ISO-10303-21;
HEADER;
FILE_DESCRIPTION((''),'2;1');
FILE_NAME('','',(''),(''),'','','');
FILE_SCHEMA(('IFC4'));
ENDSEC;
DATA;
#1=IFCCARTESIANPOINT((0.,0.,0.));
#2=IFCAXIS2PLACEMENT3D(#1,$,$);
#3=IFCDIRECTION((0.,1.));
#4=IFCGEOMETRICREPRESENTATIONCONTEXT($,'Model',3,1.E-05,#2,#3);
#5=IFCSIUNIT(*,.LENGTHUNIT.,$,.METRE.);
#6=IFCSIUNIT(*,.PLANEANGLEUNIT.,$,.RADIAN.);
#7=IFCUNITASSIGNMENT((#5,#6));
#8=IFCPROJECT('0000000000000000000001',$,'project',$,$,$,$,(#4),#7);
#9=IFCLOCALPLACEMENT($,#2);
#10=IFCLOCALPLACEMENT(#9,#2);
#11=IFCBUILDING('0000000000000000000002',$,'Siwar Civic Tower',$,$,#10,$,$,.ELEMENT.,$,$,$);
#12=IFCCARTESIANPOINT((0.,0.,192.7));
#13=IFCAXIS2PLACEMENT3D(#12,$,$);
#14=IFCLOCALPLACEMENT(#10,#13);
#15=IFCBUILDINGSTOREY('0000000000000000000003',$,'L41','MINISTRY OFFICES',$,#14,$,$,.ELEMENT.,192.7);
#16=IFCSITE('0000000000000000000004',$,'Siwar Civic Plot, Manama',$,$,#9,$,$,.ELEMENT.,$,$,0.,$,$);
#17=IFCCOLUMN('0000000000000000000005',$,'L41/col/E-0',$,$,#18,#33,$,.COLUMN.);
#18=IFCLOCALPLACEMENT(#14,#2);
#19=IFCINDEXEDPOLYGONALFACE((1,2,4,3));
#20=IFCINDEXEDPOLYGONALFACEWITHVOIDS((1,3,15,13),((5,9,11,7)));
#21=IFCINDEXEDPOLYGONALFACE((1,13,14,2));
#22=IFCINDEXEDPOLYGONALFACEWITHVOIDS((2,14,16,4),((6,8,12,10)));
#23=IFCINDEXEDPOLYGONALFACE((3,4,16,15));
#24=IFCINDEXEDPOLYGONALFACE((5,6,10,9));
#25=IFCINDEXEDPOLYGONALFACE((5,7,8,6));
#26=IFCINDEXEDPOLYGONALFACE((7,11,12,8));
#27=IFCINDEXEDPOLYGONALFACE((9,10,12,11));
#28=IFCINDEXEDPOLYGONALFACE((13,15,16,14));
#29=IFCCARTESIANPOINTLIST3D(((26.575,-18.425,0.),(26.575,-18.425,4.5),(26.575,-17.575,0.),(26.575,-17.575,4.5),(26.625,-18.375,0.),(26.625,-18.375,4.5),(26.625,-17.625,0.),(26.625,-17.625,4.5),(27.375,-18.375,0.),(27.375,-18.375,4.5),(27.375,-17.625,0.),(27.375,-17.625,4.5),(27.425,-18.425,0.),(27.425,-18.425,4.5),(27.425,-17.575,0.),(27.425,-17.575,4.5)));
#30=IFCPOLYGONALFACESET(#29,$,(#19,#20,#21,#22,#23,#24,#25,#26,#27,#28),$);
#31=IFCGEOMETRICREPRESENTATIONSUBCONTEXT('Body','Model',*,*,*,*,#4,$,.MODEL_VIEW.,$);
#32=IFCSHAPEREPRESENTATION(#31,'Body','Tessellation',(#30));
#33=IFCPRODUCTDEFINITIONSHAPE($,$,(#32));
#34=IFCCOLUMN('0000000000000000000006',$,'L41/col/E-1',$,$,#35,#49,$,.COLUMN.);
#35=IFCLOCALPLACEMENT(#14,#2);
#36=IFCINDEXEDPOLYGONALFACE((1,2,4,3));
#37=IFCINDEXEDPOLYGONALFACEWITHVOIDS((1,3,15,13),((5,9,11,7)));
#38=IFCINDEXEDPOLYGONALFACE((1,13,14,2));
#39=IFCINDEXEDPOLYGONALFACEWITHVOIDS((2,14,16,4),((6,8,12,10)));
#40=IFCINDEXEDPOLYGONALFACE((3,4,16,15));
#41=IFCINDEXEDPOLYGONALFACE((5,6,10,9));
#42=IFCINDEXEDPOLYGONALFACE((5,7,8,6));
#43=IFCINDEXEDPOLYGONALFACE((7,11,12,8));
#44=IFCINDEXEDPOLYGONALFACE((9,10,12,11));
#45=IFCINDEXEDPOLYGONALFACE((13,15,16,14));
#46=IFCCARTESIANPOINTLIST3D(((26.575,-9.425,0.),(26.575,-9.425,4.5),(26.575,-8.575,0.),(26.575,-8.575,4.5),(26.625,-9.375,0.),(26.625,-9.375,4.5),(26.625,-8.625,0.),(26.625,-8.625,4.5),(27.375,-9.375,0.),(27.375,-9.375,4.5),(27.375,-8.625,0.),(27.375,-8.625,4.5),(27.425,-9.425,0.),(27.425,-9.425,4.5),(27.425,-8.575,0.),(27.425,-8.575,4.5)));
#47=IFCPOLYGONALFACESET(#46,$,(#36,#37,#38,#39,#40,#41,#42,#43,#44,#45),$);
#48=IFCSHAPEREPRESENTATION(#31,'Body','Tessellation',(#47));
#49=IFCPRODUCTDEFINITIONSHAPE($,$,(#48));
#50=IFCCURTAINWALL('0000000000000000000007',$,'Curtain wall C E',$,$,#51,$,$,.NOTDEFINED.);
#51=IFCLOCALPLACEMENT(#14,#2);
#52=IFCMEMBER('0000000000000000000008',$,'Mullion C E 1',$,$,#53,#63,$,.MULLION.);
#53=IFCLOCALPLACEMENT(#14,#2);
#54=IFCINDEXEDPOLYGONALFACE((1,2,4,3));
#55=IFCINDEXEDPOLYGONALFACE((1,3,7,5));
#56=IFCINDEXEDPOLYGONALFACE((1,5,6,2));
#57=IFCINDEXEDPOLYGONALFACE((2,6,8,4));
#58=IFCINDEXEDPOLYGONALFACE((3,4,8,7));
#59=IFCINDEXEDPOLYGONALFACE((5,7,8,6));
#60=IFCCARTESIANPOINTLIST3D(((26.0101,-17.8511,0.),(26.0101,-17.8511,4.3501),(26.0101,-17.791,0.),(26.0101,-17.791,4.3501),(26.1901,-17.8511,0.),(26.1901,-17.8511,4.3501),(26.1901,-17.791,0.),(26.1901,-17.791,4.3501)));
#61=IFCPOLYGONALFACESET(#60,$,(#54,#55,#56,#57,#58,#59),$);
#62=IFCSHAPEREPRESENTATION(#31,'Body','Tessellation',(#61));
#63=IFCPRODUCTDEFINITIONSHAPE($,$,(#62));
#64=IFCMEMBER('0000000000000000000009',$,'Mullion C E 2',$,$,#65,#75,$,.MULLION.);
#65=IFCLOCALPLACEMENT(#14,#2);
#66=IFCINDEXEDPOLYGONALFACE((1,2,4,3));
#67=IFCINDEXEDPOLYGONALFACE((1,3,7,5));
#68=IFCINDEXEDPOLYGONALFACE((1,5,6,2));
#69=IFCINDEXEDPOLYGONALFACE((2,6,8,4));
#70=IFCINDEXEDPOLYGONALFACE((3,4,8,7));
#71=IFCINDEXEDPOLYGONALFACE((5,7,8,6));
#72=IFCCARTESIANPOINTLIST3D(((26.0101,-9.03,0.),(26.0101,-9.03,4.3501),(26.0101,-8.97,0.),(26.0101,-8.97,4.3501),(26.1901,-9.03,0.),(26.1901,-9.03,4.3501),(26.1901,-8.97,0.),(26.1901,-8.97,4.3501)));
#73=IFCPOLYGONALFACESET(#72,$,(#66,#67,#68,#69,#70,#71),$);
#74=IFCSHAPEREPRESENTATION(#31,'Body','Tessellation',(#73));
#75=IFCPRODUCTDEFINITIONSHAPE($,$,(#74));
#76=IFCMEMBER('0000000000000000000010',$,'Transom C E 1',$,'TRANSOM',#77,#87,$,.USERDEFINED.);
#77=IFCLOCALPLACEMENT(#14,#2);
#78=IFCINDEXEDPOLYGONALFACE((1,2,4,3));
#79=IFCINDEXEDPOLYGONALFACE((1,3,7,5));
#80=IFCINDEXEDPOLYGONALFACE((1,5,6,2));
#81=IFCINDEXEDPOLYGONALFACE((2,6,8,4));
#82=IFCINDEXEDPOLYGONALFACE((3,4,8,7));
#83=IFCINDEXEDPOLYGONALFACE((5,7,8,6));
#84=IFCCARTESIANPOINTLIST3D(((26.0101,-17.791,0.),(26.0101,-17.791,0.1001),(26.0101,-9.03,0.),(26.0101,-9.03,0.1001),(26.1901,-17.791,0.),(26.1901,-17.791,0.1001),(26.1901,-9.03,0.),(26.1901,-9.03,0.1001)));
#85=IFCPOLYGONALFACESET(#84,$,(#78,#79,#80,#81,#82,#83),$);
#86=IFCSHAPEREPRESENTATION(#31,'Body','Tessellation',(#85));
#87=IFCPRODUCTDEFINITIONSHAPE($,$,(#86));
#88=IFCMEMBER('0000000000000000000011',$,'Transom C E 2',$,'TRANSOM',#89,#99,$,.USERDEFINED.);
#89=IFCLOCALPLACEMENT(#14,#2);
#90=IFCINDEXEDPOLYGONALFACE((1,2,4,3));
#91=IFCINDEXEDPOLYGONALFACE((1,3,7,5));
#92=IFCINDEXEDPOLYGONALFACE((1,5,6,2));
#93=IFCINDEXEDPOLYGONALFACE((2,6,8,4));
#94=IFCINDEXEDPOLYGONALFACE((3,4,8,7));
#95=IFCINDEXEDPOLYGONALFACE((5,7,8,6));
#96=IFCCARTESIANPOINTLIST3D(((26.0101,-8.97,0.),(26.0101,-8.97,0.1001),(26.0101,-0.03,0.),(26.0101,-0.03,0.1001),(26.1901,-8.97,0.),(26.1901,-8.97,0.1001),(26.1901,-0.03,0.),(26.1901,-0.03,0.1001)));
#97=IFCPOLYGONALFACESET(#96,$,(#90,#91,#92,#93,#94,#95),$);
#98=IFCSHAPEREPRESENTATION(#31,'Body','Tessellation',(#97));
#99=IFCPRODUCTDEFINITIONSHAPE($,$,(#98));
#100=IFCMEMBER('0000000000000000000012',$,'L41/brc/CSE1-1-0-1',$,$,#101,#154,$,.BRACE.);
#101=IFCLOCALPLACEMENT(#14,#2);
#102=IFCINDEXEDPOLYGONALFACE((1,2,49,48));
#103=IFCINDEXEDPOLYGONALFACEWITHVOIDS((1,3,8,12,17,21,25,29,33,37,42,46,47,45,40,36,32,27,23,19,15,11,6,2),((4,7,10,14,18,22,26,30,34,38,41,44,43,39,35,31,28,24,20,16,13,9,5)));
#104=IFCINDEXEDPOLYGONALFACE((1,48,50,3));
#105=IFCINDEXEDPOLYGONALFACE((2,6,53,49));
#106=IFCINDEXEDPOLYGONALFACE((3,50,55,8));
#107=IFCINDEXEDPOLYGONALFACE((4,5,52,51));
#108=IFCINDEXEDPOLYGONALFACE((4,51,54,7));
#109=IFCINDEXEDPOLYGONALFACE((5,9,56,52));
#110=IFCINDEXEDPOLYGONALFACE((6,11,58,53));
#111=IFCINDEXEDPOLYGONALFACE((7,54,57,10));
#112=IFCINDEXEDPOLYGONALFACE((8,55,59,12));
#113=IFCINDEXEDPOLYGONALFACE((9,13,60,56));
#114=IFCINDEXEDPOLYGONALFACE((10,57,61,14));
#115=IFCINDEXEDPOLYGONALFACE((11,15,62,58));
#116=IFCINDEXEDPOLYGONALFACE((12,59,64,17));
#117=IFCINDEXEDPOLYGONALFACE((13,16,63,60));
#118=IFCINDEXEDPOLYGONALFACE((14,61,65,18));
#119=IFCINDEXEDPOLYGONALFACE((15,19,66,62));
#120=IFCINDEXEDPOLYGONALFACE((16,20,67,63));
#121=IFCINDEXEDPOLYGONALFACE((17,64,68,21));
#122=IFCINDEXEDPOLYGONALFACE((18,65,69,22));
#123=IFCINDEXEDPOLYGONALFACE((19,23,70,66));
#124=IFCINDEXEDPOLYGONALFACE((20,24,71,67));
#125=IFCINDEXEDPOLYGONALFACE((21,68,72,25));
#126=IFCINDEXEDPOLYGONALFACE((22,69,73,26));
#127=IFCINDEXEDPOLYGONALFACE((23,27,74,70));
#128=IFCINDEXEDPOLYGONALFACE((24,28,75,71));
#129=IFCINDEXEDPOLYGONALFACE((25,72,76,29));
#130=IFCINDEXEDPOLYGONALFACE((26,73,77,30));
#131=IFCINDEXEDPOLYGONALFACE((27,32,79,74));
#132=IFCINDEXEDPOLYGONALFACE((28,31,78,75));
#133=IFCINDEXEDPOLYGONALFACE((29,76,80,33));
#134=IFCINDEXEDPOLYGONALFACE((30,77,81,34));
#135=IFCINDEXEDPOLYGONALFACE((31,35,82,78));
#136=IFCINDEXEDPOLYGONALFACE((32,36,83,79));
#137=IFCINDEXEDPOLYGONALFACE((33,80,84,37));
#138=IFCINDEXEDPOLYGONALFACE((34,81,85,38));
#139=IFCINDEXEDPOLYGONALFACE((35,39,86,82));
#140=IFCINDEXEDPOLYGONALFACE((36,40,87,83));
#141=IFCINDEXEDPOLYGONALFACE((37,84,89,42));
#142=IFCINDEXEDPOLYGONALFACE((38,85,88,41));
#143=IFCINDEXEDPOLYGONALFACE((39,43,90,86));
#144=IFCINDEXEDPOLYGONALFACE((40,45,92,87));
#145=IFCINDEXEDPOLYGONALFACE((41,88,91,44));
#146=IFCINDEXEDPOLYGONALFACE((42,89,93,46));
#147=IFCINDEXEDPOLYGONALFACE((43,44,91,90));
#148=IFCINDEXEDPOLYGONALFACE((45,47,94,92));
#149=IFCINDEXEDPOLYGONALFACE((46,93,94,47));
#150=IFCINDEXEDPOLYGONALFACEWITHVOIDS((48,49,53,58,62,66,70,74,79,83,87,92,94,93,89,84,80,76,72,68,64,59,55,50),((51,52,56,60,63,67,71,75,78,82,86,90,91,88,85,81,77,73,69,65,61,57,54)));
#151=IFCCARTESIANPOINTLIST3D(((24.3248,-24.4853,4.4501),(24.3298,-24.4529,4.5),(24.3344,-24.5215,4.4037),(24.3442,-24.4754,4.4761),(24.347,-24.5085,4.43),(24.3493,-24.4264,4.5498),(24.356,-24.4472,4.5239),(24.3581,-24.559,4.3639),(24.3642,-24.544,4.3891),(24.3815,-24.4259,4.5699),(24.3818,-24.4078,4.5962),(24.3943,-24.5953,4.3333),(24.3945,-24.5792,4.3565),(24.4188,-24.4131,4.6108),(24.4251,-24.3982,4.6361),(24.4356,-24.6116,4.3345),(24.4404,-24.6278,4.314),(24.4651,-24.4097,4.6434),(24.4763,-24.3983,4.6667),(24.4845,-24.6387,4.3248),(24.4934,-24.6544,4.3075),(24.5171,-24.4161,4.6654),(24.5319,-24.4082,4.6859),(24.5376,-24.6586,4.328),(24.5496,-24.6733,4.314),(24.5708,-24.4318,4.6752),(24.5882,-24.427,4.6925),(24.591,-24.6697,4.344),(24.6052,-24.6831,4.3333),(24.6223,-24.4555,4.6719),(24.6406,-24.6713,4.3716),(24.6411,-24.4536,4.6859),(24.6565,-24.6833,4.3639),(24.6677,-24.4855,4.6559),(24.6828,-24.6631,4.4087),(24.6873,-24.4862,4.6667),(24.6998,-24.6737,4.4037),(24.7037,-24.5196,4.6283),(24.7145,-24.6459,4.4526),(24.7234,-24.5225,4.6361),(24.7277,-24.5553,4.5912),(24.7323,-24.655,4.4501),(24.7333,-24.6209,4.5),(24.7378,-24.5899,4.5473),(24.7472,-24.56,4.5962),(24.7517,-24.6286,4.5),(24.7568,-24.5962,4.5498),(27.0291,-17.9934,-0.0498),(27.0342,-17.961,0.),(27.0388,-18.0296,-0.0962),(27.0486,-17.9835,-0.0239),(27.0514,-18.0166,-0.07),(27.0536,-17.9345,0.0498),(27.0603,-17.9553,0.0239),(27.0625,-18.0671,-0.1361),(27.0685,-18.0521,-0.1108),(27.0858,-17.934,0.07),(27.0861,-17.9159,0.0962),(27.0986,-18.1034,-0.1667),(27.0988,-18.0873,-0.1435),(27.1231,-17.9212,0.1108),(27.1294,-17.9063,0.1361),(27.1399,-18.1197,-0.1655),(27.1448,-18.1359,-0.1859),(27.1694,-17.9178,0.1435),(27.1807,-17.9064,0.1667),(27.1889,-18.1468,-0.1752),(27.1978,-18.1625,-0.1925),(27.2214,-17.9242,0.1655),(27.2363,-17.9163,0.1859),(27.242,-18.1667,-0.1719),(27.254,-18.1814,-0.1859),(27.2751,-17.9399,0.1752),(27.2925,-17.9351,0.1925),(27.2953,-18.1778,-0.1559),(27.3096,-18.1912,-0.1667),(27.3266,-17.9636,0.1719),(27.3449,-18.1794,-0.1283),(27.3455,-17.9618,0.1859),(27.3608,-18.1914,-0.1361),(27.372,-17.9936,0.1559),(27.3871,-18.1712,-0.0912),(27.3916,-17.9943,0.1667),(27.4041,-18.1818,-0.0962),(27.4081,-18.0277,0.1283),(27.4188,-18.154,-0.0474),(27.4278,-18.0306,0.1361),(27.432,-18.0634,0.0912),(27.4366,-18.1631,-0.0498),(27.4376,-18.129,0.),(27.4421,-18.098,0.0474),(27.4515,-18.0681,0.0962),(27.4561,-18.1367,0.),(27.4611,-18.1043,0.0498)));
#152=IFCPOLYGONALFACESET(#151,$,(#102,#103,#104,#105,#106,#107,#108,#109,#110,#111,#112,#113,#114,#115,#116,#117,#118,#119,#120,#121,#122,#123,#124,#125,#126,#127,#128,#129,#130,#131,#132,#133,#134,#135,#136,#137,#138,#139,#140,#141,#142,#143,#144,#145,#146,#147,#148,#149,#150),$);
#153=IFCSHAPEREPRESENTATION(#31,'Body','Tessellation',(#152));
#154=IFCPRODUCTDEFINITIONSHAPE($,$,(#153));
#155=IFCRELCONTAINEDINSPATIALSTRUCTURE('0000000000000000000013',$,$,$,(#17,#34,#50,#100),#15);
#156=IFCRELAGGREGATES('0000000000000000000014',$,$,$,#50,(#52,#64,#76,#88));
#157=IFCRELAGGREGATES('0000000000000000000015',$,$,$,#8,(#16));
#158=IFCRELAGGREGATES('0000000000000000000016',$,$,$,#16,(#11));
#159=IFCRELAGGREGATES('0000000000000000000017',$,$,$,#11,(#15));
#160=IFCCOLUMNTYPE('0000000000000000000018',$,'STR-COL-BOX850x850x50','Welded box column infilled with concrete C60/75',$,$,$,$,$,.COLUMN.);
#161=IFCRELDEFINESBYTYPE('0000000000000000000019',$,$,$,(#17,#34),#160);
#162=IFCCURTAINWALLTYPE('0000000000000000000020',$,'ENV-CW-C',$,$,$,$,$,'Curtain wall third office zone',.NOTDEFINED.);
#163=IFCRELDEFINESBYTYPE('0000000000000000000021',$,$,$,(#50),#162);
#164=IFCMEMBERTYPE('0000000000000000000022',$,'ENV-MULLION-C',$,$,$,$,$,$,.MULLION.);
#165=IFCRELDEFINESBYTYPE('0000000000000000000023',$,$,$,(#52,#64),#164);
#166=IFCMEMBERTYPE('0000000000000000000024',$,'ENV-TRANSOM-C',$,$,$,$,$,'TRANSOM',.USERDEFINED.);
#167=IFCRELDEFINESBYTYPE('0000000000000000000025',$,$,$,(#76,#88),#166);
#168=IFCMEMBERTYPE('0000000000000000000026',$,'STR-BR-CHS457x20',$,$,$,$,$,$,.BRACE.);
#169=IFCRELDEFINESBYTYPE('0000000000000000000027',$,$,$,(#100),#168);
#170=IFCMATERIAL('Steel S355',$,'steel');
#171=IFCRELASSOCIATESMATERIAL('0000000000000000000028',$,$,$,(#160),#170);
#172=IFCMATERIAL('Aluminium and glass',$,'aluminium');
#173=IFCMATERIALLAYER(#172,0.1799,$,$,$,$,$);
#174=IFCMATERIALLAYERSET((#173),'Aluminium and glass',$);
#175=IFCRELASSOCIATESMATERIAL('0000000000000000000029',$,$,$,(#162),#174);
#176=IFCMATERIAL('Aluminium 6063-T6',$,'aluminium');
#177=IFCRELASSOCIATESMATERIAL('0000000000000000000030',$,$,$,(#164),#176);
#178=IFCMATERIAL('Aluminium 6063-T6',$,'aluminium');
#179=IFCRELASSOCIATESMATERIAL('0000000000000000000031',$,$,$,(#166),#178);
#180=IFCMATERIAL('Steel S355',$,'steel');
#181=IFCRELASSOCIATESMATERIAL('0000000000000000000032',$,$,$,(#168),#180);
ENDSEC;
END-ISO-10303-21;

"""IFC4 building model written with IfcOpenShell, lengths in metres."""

from ifc_helpers import new_model, si_unit, direction, frame, origin, origin_2d, place, context, subcontext, project, spatial, rectangle, hollow_rectangle, hollow_circle, extrude, material, layer, layer_set, material_profile, profile_set, type_object, element, aggregate, save


model = new_model("IFC4")

# Units and contexts
model_context = context("Model", 3, precision=1e-05, world=origin(), true_north=direction((0.0, 1.0)))
body_context = subcontext(model_context, "Body", "Model", "MODEL_VIEW")
ifc_project = project(units=[si_unit("LENGTHUNIT", "METRE"), si_unit("PLANEANGLEUNIT", "RADIAN")], contexts=[model_context])

# Site, building, storey
site_placement = place(None, origin())
site = spatial("IfcSite", under=ifc_project, at=site_placement, Name="Siwar Civic Plot, Manama", CompositionType="ELEMENT", RefElevation=0.0)
building_placement = place(site_placement, origin())
building = spatial("IfcBuilding", under=site, at=building_placement, Name="Siwar Civic Tower", CompositionType="ELEMENT")
storey_placement = place(building_placement, frame((0.0, 0.0, 192.7)))
storey = spatial("IfcBuildingStorey", under=building, at=storey_placement, Name="L41", Description="MINISTRY OFFICES", CompositionType="ELEMENT", Elevation=192.7)

# Columns
ifc_material_1 = material(Name="Steel S355", Category="steel")
ifc_material_profile_1 = material_profile(ifc_material_1, hollow_rectangle(XDim=0.8501, YDim=0.8501, WallThickness=0.05, at=origin_2d()), Name="BOX850x850x50")
ifc_profile_set_1 = profile_set([ifc_material_profile_1], Name="Steel S355")
column_type = type_object("IfcColumnType", Name="STR-COL-BOX850x850x50", Description="Welded box column infilled with concrete C60/75", PredefinedType="COLUMN", material=ifc_profile_set_1)
for number, where, z_axis, x_axis, name in (
    (1, (27.0, -18.0, 0.0), (0.0, 0.0, 1.0), (1.0, 0.0, 0.0), "L41/col/E-0"),
    (2, (27.0, -9.0, 0.0), (0.0, 0.0, 1.0), (1.0, 0.0, 0.0), "L41/col/E-1"),
):
    element("IfcColumn", number, at=place(storey_placement, frame(where, z_axis=z_axis, x_axis=x_axis)), inside=storey, type_object=column_type, Name=name, PredefinedType="COLUMN", context=body_context, shape_type="SweptSolid", body=[
        extrude(hollow_rectangle(XDim=0.8501, YDim=0.8501, WallThickness=0.05, at=origin_2d()), origin(), (0.0, 0.0, 1.0), 4.5),
    ])

# Curtain wall, members
ifc_material_2 = material(Name="Aluminium and glass", Category="aluminium")
ifc_layer_1 = layer(ifc_material_2, 0.1799)
ifc_layer_set_1 = layer_set([ifc_layer_1], Name="Aluminium and glass")
curtain_wall_type = type_object("IfcCurtainWallType", Name="ENV-CW-C", ElementType="Curtain wall third office zone", PredefinedType="NOTDEFINED", material=ifc_layer_set_1)
curtain_wall_placement = place(storey_placement, origin())
curtain_wall = element("IfcCurtainWall", 3, at=curtain_wall_placement, inside=storey, type_object=curtain_wall_type, Name="Curtain wall C E", PredefinedType="NOTDEFINED")
ifc_material_3 = material(Name="Aluminium 6063-T6", Category="aluminium")
ifc_material_profile_2 = material_profile(ifc_material_3, rectangle(XDim=0.1799, YDim=0.0601, at=origin_2d()), Name="AL 180x60")
ifc_profile_set_2 = profile_set([ifc_material_profile_2], Name="Aluminium 6063-T6")
member_type_1 = type_object("IfcMemberType", Name="ENV-MULLION-C", PredefinedType="MULLION", material=ifc_profile_set_2)
member_1_placement = place(storey_placement, frame((26.1001, -17.821, 0.0), z_axis=(0.0, 0.0, 1.0), x_axis=(-1.0, 0.0, 0.0)))
member_1 = element("IfcMember", 4, at=member_1_placement, type_object=member_type_1, Name="Mullion C E 1", PredefinedType="MULLION", context=body_context, shape_type="SweptSolid", body=[
    extrude(rectangle(XDim=0.1799, YDim=0.0601, at=origin_2d()), origin(), (0.0, 0.0, 1.0), 4.3501),
])
member_2_placement = place(storey_placement, frame((26.1001, -9.0, 0.0), z_axis=(0.0, 0.0, 1.0), x_axis=(-1.0, 0.0, 0.0)))
member_2 = element("IfcMember", 5, at=member_2_placement, type_object=member_type_1, Name="Mullion C E 2", PredefinedType="MULLION", context=body_context, shape_type="SweptSolid", body=[
    extrude(rectangle(XDim=0.1799, YDim=0.0601, at=origin_2d()), origin(), (0.0, 0.0, 1.0), 4.3501),
])
ifc_material_4 = material(Name="Aluminium 6063-T6", Category="aluminium")
ifc_material_profile_3 = material_profile(ifc_material_4, rectangle(XDim=0.1799, YDim=0.1001, at=origin_2d()), Name="AL 180x100")
ifc_profile_set_3 = profile_set([ifc_material_profile_3], Name="Aluminium 6063-T6")
member_type_2 = type_object("IfcMemberType", Name="ENV-TRANSOM-C", ElementType="TRANSOM", PredefinedType="USERDEFINED", material=ifc_profile_set_3)
member_3_placement = place(storey_placement, frame((26.1001, -17.791, 0.05), z_axis=(0.0, 1.0, 0.0), x_axis=(-1.0, 0.0, 0.0)))
member_3 = element("IfcMember", 6, at=member_3_placement, type_object=member_type_2, Name="Transom C E 1", ObjectType="TRANSOM", PredefinedType="USERDEFINED", context=body_context, shape_type="SweptSolid", body=[
    extrude(rectangle(XDim=0.1799, YDim=0.1001, at=origin_2d()), origin(), (0.0, 0.0, 1.0), 8.761),
])
member_4_placement = place(storey_placement, frame((26.1001, -8.97, 0.05), z_axis=(0.0, 1.0, 0.0), x_axis=(-1.0, 0.0, 0.0)))
member_4 = element("IfcMember", 7, at=member_4_placement, type_object=member_type_2, Name="Transom C E 2", ObjectType="TRANSOM", PredefinedType="USERDEFINED", context=body_context, shape_type="SweptSolid", body=[
    extrude(rectangle(XDim=0.1799, YDim=0.1001, at=origin_2d()), origin(), (0.0, 0.0, 1.0), 8.9399),
])

# Member
ifc_material_5 = material(Name="Steel S355", Category="steel")
ifc_material_profile_4 = material_profile(ifc_material_5, hollow_circle(Radius=0.2285, WallThickness=0.02, at=origin_2d()), Name="CHS457x20")
ifc_profile_set_4 = profile_set([ifc_material_profile_4], Name="Steel S355")
member_type_3 = type_object("IfcMemberType", Name="STR-BR-CHS457x20", PredefinedType="BRACE", material=ifc_profile_set_4)
member_5_placement = place(storey_placement, frame((27.2451, -18.0488, 0.0), z_axis=(-0.323906, -0.777555, 0.538975), x_axis=(0.923109, -0.384539, 0.0)))
element("IfcMember", 8, at=member_5_placement, inside=storey, type_object=member_type_3, Name="L41/brc/CSE1-1-0-1", PredefinedType="BRACE", context=body_context, shape_type="SweptSolid", body=[
    extrude(hollow_circle(Radius=0.2285, WallThickness=0.02, at=origin_2d()), origin(), (0.0, 0.0, 1.0), 8.3491),
])

aggregate(curtain_wall, [member_1, member_2, member_3, member_4])

save(model, "model.ifc")
